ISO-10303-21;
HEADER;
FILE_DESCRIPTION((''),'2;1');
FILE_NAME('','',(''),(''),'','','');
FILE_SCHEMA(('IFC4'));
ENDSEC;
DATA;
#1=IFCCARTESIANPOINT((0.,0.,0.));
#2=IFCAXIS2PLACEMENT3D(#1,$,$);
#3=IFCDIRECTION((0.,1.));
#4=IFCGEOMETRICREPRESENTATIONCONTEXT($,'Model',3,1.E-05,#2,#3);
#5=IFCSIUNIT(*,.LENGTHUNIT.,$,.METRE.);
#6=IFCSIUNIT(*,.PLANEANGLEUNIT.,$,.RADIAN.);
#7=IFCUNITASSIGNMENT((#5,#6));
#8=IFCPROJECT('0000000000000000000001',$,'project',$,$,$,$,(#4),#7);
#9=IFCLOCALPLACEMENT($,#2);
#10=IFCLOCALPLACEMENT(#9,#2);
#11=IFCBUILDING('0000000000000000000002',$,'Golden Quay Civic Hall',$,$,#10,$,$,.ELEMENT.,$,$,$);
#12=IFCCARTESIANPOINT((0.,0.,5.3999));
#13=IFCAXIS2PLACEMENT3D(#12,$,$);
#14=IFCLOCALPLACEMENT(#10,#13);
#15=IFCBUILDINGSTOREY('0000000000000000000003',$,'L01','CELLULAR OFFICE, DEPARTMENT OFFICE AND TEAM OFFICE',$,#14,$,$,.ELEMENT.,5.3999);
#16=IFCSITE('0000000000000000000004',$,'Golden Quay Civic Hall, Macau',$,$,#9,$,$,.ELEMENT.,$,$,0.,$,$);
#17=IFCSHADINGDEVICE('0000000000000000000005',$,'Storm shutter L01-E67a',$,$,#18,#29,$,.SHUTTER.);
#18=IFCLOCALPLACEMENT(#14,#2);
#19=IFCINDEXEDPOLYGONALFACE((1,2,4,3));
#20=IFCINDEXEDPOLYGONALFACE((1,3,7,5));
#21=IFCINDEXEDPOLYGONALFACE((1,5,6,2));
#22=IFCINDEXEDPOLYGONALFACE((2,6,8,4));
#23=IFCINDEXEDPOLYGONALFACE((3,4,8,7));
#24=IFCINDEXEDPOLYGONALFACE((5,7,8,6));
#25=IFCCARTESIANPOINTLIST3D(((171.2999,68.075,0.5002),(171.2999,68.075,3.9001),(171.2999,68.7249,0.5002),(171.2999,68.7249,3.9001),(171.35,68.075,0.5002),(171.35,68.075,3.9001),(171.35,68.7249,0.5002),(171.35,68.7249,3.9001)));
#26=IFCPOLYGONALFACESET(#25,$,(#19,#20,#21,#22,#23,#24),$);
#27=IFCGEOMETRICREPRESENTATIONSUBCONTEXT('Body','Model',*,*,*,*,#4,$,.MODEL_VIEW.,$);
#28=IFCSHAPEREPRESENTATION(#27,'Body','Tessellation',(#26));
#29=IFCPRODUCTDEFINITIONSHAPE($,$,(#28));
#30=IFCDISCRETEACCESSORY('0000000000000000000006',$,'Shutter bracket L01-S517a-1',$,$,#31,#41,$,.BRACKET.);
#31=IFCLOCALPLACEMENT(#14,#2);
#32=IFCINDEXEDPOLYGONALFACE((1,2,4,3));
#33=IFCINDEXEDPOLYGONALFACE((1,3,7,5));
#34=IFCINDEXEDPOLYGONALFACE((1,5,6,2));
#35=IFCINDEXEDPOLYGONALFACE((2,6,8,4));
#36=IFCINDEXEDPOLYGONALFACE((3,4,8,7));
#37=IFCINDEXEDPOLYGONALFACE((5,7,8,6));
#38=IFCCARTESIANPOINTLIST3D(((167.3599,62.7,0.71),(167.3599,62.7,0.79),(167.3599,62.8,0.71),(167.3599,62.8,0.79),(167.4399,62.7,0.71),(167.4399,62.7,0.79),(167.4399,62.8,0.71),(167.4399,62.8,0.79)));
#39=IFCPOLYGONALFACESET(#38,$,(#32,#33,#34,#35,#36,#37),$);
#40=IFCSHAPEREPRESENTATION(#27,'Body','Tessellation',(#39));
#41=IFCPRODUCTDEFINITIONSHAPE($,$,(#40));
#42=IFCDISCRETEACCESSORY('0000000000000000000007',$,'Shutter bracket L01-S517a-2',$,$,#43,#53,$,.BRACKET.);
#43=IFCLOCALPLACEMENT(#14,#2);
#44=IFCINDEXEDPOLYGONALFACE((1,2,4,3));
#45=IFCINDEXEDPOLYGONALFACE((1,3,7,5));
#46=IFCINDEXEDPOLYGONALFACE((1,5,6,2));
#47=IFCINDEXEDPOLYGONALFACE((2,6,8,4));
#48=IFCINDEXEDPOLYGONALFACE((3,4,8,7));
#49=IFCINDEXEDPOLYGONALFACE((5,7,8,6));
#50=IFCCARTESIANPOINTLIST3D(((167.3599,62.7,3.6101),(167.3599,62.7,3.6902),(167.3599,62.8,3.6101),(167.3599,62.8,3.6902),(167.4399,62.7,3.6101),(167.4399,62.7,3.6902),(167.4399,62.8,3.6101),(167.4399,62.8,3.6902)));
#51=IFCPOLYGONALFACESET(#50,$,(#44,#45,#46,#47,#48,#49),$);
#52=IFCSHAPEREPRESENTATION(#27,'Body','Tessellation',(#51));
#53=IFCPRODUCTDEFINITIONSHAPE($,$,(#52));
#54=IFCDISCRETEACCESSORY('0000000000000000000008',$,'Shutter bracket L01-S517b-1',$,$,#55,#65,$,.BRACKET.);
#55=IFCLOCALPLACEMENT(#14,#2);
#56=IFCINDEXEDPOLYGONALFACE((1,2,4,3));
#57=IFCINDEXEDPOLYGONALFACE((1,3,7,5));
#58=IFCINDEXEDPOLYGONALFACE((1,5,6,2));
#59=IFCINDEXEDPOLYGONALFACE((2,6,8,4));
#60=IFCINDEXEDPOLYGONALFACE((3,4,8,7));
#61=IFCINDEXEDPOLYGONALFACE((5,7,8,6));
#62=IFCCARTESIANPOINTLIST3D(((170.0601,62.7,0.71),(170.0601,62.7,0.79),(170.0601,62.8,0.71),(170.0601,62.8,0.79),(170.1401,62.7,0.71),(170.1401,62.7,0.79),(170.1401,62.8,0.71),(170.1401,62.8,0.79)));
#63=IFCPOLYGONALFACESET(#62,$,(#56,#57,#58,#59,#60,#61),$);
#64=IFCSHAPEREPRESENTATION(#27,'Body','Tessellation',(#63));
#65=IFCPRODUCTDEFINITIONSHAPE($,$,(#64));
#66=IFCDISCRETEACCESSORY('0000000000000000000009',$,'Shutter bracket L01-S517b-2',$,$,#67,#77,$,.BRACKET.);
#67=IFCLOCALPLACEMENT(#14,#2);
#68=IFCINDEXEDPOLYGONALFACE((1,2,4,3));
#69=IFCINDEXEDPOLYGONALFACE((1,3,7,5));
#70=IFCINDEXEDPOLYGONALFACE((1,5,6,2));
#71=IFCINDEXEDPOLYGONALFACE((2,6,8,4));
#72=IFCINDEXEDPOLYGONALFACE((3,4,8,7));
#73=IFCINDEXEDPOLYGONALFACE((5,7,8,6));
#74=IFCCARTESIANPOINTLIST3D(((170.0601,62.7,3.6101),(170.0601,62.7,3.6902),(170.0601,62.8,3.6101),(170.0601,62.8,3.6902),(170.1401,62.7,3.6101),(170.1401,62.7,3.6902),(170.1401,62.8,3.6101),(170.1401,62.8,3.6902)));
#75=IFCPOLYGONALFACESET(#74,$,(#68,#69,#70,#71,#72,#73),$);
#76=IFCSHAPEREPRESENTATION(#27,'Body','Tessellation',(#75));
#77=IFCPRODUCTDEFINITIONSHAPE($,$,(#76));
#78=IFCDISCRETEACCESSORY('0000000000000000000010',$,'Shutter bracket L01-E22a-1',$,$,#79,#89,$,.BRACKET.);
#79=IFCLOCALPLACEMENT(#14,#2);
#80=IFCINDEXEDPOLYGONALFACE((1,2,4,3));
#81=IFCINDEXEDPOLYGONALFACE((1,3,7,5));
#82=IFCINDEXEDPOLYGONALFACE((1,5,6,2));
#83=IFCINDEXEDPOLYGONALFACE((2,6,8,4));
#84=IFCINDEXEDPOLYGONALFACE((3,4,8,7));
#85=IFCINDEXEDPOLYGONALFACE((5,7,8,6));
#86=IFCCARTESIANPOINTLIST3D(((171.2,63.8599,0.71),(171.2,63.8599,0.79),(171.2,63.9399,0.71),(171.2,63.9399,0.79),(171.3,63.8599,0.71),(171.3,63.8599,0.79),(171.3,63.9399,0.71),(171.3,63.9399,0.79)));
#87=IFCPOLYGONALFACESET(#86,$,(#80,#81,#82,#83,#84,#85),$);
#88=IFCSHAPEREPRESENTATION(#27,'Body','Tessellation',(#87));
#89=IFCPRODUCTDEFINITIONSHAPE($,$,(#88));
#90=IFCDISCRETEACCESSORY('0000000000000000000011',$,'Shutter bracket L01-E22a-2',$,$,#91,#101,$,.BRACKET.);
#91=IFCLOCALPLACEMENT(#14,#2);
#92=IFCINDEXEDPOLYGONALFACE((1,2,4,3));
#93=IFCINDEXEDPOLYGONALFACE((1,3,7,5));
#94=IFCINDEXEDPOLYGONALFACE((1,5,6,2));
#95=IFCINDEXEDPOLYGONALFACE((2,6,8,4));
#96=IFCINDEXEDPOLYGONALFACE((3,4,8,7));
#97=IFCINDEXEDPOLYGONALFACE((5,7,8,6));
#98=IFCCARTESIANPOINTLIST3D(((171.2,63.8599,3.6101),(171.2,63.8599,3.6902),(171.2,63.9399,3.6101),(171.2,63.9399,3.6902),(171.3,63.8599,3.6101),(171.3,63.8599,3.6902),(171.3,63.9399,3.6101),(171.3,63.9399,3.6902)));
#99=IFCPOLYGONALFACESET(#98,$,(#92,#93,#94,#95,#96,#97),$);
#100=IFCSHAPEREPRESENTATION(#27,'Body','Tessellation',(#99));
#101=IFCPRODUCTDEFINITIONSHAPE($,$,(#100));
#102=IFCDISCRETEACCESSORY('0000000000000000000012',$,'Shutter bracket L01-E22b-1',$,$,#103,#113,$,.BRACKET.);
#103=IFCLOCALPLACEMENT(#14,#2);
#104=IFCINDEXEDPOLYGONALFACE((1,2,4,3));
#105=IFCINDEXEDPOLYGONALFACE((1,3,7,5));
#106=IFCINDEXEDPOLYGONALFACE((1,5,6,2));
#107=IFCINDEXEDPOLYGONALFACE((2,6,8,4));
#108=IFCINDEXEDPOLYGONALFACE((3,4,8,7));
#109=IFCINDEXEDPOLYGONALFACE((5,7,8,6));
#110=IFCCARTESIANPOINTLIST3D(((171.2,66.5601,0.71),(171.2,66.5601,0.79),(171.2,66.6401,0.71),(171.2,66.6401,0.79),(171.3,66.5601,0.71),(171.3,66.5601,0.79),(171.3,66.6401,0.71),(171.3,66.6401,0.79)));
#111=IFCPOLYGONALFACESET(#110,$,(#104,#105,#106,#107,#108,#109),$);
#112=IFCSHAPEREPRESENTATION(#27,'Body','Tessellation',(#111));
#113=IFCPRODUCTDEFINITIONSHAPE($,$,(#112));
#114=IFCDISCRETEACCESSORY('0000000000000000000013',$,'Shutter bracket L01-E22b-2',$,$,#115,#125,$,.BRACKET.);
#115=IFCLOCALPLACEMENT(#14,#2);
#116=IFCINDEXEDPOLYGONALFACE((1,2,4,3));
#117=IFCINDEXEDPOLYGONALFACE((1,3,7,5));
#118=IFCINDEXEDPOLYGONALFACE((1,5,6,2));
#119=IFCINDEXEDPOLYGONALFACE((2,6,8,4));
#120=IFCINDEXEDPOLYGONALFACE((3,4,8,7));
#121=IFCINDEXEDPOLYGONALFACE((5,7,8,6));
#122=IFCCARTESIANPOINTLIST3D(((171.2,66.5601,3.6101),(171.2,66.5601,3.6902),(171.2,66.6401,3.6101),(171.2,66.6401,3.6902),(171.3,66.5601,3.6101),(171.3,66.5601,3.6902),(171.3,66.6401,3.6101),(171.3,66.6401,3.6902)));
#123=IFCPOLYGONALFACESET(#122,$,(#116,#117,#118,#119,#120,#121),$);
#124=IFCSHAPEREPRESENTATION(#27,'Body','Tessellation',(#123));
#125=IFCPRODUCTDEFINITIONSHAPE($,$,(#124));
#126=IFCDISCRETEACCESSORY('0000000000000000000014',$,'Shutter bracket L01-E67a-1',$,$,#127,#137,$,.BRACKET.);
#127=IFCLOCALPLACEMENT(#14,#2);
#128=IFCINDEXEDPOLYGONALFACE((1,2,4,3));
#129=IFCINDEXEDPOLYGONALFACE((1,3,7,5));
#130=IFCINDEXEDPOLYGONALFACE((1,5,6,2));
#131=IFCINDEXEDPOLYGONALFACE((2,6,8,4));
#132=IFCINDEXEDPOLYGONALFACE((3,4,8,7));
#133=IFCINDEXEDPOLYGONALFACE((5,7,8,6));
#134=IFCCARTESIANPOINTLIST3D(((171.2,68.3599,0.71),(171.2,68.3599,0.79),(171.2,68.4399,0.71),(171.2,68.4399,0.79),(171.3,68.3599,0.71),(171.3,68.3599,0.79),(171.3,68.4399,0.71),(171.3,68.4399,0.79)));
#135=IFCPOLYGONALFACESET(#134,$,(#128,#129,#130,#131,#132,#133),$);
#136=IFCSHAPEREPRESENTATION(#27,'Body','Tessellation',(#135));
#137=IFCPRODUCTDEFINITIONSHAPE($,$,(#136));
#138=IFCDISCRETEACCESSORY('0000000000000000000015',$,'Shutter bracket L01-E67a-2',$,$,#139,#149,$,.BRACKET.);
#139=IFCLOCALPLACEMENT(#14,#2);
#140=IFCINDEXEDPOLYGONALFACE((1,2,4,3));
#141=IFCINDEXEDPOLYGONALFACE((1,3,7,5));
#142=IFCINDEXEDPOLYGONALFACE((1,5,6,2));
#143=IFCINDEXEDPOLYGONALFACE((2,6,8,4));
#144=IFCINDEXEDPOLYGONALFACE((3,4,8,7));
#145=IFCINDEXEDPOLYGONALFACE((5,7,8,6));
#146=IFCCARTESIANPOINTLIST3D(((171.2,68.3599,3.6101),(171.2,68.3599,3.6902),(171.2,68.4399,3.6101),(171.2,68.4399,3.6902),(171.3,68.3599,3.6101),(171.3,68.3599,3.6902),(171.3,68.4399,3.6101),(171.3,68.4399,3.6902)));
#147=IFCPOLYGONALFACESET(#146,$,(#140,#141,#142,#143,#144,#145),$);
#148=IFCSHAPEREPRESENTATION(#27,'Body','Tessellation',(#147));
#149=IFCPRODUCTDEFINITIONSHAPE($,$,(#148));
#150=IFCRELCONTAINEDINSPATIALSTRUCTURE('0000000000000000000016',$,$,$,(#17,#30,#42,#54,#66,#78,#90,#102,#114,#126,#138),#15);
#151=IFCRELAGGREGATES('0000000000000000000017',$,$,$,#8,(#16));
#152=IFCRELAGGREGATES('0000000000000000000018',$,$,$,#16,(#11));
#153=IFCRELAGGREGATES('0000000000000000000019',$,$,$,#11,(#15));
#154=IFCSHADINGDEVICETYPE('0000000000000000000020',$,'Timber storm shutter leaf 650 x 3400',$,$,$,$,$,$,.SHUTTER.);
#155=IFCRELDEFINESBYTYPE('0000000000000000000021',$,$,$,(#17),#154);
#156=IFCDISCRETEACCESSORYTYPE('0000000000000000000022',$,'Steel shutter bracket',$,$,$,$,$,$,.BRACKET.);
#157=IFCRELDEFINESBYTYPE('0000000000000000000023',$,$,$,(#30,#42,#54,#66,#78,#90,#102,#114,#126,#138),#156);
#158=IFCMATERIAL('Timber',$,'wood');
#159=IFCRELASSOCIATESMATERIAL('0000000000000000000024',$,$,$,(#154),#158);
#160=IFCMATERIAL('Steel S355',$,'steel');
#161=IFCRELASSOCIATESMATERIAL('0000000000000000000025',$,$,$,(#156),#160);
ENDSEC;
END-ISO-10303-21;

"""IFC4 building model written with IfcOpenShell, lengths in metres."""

from ifc_helpers import new_model, si_unit, direction, frame, origin, origin_2d, place, context, subcontext, project, spatial, rectangle, extrude, material, type_object, element, save


model = new_model("IFC4")

# Units and contexts
model_context = context("Model", 3, precision=1e-05, world=origin(), true_north=direction((0.0, 1.0)))
body_context = subcontext(model_context, "Body", "Model", "MODEL_VIEW")
ifc_project = project(units=[si_unit("LENGTHUNIT", "METRE"), si_unit("PLANEANGLEUNIT", "RADIAN")], contexts=[model_context])

# Site, building, storey
site_placement = place(None, origin())
site = spatial("IfcSite", under=ifc_project, at=site_placement, Name="Golden Quay Civic Hall, Macau", CompositionType="ELEMENT", RefElevation=0.0)
building_placement = place(site_placement, origin())
building = spatial("IfcBuilding", under=site, at=building_placement, Name="Golden Quay Civic Hall", CompositionType="ELEMENT")
storey_placement = place(building_placement, frame((0.0, 0.0, 5.3999)))
storey = spatial("IfcBuildingStorey", under=building, at=storey_placement, Name="L01", Description="CELLULAR OFFICE, DEPARTMENT OFFICE AND TEAM OFFICE", CompositionType="ELEMENT", Elevation=5.3999)

# Shading device
ifc_material_1 = material(Name="Timber", Category="wood")
shading_device_type = type_object("IfcShadingDeviceType", Name="Timber storm shutter leaf 650 x 3400", PredefinedType="SHUTTER", material=ifc_material_1)
for number, where, z_axis, x_axis, name in (
    (1, (171.325, 68.3999, 0.5002), (0.0, 0.0, 1.0), (1.0, 0.0, 0.0), "Storm shutter L01-E67a"),
):
    element("IfcShadingDevice", number, at=place(storey_placement, frame(where, z_axis=z_axis, x_axis=x_axis)), inside=storey, type_object=shading_device_type, Name=name, PredefinedType="SHUTTER", context=body_context, shape_type="SweptSolid", body=[
        extrude(rectangle(XDim=0.05, YDim=0.6499, at=origin_2d()), origin(), (0.0, 0.0, 1.0), 3.3999),
    ])

# Discrete accessories
ifc_material_2 = material(Name="Steel S355", Category="steel")
discrete_accessory_type = type_object("IfcDiscreteAccessoryType", Name="Steel shutter bracket", PredefinedType="BRACKET", material=ifc_material_2)
for number, where, z_axis, x_axis, name in (
    (2, (167.3999, 62.75, 0.71), (0.0, 0.0, 1.0), (1.0, 0.0, 0.0), "Shutter bracket L01-S517a-1"),
    (3, (167.3999, 62.75, 3.6101), (0.0, 0.0, 1.0), (1.0, 0.0, 0.0), "Shutter bracket L01-S517a-2"),
    (4, (170.1001, 62.75, 0.71), (0.0, 0.0, 1.0), (1.0, 0.0, 0.0), "Shutter bracket L01-S517b-1"),
    (5, (170.1001, 62.75, 3.6101), (0.0, 0.0, 1.0), (1.0, 0.0, 0.0), "Shutter bracket L01-S517b-2"),
):
    element("IfcDiscreteAccessory", number, at=place(storey_placement, frame(where, z_axis=z_axis, x_axis=x_axis)), inside=storey, type_object=discrete_accessory_type, Name=name, PredefinedType="BRACKET", context=body_context, shape_type="SweptSolid", body=[
        extrude(rectangle(XDim=0.0801, YDim=0.1001, at=origin_2d()), origin(), (0.0, 0.0, 1.0), 0.0801),
    ])
for number, where, z_axis, x_axis, name in (
    (6, (171.25, 63.8999, 0.71), (0.0, 0.0, 1.0), (1.0, 0.0, 0.0), "Shutter bracket L01-E22a-1"),
    (7, (171.25, 63.8999, 3.6101), (0.0, 0.0, 1.0), (1.0, 0.0, 0.0), "Shutter bracket L01-E22a-2"),
    (8, (171.25, 66.6001, 0.71), (0.0, 0.0, 1.0), (1.0, 0.0, 0.0), "Shutter bracket L01-E22b-1"),
    (9, (171.25, 66.6001, 3.6101), (0.0, 0.0, 1.0), (1.0, 0.0, 0.0), "Shutter bracket L01-E22b-2"),
    (10, (171.25, 68.3999, 0.71), (0.0, 0.0, 1.0), (1.0, 0.0, 0.0), "Shutter bracket L01-E67a-1"),
    (11, (171.25, 68.3999, 3.6101), (0.0, 0.0, 1.0), (1.0, 0.0, 0.0), "Shutter bracket L01-E67a-2"),
):
    element("IfcDiscreteAccessory", number, at=place(storey_placement, frame(where, z_axis=z_axis, x_axis=x_axis)), inside=storey, type_object=discrete_accessory_type, Name=name, PredefinedType="BRACKET", context=body_context, shape_type="SweptSolid", body=[
        extrude(rectangle(XDim=0.1001, YDim=0.0801, at=origin_2d()), origin(), (0.0, 0.0, 1.0), 0.0801),
    ])

save(model, "model.ifc")
